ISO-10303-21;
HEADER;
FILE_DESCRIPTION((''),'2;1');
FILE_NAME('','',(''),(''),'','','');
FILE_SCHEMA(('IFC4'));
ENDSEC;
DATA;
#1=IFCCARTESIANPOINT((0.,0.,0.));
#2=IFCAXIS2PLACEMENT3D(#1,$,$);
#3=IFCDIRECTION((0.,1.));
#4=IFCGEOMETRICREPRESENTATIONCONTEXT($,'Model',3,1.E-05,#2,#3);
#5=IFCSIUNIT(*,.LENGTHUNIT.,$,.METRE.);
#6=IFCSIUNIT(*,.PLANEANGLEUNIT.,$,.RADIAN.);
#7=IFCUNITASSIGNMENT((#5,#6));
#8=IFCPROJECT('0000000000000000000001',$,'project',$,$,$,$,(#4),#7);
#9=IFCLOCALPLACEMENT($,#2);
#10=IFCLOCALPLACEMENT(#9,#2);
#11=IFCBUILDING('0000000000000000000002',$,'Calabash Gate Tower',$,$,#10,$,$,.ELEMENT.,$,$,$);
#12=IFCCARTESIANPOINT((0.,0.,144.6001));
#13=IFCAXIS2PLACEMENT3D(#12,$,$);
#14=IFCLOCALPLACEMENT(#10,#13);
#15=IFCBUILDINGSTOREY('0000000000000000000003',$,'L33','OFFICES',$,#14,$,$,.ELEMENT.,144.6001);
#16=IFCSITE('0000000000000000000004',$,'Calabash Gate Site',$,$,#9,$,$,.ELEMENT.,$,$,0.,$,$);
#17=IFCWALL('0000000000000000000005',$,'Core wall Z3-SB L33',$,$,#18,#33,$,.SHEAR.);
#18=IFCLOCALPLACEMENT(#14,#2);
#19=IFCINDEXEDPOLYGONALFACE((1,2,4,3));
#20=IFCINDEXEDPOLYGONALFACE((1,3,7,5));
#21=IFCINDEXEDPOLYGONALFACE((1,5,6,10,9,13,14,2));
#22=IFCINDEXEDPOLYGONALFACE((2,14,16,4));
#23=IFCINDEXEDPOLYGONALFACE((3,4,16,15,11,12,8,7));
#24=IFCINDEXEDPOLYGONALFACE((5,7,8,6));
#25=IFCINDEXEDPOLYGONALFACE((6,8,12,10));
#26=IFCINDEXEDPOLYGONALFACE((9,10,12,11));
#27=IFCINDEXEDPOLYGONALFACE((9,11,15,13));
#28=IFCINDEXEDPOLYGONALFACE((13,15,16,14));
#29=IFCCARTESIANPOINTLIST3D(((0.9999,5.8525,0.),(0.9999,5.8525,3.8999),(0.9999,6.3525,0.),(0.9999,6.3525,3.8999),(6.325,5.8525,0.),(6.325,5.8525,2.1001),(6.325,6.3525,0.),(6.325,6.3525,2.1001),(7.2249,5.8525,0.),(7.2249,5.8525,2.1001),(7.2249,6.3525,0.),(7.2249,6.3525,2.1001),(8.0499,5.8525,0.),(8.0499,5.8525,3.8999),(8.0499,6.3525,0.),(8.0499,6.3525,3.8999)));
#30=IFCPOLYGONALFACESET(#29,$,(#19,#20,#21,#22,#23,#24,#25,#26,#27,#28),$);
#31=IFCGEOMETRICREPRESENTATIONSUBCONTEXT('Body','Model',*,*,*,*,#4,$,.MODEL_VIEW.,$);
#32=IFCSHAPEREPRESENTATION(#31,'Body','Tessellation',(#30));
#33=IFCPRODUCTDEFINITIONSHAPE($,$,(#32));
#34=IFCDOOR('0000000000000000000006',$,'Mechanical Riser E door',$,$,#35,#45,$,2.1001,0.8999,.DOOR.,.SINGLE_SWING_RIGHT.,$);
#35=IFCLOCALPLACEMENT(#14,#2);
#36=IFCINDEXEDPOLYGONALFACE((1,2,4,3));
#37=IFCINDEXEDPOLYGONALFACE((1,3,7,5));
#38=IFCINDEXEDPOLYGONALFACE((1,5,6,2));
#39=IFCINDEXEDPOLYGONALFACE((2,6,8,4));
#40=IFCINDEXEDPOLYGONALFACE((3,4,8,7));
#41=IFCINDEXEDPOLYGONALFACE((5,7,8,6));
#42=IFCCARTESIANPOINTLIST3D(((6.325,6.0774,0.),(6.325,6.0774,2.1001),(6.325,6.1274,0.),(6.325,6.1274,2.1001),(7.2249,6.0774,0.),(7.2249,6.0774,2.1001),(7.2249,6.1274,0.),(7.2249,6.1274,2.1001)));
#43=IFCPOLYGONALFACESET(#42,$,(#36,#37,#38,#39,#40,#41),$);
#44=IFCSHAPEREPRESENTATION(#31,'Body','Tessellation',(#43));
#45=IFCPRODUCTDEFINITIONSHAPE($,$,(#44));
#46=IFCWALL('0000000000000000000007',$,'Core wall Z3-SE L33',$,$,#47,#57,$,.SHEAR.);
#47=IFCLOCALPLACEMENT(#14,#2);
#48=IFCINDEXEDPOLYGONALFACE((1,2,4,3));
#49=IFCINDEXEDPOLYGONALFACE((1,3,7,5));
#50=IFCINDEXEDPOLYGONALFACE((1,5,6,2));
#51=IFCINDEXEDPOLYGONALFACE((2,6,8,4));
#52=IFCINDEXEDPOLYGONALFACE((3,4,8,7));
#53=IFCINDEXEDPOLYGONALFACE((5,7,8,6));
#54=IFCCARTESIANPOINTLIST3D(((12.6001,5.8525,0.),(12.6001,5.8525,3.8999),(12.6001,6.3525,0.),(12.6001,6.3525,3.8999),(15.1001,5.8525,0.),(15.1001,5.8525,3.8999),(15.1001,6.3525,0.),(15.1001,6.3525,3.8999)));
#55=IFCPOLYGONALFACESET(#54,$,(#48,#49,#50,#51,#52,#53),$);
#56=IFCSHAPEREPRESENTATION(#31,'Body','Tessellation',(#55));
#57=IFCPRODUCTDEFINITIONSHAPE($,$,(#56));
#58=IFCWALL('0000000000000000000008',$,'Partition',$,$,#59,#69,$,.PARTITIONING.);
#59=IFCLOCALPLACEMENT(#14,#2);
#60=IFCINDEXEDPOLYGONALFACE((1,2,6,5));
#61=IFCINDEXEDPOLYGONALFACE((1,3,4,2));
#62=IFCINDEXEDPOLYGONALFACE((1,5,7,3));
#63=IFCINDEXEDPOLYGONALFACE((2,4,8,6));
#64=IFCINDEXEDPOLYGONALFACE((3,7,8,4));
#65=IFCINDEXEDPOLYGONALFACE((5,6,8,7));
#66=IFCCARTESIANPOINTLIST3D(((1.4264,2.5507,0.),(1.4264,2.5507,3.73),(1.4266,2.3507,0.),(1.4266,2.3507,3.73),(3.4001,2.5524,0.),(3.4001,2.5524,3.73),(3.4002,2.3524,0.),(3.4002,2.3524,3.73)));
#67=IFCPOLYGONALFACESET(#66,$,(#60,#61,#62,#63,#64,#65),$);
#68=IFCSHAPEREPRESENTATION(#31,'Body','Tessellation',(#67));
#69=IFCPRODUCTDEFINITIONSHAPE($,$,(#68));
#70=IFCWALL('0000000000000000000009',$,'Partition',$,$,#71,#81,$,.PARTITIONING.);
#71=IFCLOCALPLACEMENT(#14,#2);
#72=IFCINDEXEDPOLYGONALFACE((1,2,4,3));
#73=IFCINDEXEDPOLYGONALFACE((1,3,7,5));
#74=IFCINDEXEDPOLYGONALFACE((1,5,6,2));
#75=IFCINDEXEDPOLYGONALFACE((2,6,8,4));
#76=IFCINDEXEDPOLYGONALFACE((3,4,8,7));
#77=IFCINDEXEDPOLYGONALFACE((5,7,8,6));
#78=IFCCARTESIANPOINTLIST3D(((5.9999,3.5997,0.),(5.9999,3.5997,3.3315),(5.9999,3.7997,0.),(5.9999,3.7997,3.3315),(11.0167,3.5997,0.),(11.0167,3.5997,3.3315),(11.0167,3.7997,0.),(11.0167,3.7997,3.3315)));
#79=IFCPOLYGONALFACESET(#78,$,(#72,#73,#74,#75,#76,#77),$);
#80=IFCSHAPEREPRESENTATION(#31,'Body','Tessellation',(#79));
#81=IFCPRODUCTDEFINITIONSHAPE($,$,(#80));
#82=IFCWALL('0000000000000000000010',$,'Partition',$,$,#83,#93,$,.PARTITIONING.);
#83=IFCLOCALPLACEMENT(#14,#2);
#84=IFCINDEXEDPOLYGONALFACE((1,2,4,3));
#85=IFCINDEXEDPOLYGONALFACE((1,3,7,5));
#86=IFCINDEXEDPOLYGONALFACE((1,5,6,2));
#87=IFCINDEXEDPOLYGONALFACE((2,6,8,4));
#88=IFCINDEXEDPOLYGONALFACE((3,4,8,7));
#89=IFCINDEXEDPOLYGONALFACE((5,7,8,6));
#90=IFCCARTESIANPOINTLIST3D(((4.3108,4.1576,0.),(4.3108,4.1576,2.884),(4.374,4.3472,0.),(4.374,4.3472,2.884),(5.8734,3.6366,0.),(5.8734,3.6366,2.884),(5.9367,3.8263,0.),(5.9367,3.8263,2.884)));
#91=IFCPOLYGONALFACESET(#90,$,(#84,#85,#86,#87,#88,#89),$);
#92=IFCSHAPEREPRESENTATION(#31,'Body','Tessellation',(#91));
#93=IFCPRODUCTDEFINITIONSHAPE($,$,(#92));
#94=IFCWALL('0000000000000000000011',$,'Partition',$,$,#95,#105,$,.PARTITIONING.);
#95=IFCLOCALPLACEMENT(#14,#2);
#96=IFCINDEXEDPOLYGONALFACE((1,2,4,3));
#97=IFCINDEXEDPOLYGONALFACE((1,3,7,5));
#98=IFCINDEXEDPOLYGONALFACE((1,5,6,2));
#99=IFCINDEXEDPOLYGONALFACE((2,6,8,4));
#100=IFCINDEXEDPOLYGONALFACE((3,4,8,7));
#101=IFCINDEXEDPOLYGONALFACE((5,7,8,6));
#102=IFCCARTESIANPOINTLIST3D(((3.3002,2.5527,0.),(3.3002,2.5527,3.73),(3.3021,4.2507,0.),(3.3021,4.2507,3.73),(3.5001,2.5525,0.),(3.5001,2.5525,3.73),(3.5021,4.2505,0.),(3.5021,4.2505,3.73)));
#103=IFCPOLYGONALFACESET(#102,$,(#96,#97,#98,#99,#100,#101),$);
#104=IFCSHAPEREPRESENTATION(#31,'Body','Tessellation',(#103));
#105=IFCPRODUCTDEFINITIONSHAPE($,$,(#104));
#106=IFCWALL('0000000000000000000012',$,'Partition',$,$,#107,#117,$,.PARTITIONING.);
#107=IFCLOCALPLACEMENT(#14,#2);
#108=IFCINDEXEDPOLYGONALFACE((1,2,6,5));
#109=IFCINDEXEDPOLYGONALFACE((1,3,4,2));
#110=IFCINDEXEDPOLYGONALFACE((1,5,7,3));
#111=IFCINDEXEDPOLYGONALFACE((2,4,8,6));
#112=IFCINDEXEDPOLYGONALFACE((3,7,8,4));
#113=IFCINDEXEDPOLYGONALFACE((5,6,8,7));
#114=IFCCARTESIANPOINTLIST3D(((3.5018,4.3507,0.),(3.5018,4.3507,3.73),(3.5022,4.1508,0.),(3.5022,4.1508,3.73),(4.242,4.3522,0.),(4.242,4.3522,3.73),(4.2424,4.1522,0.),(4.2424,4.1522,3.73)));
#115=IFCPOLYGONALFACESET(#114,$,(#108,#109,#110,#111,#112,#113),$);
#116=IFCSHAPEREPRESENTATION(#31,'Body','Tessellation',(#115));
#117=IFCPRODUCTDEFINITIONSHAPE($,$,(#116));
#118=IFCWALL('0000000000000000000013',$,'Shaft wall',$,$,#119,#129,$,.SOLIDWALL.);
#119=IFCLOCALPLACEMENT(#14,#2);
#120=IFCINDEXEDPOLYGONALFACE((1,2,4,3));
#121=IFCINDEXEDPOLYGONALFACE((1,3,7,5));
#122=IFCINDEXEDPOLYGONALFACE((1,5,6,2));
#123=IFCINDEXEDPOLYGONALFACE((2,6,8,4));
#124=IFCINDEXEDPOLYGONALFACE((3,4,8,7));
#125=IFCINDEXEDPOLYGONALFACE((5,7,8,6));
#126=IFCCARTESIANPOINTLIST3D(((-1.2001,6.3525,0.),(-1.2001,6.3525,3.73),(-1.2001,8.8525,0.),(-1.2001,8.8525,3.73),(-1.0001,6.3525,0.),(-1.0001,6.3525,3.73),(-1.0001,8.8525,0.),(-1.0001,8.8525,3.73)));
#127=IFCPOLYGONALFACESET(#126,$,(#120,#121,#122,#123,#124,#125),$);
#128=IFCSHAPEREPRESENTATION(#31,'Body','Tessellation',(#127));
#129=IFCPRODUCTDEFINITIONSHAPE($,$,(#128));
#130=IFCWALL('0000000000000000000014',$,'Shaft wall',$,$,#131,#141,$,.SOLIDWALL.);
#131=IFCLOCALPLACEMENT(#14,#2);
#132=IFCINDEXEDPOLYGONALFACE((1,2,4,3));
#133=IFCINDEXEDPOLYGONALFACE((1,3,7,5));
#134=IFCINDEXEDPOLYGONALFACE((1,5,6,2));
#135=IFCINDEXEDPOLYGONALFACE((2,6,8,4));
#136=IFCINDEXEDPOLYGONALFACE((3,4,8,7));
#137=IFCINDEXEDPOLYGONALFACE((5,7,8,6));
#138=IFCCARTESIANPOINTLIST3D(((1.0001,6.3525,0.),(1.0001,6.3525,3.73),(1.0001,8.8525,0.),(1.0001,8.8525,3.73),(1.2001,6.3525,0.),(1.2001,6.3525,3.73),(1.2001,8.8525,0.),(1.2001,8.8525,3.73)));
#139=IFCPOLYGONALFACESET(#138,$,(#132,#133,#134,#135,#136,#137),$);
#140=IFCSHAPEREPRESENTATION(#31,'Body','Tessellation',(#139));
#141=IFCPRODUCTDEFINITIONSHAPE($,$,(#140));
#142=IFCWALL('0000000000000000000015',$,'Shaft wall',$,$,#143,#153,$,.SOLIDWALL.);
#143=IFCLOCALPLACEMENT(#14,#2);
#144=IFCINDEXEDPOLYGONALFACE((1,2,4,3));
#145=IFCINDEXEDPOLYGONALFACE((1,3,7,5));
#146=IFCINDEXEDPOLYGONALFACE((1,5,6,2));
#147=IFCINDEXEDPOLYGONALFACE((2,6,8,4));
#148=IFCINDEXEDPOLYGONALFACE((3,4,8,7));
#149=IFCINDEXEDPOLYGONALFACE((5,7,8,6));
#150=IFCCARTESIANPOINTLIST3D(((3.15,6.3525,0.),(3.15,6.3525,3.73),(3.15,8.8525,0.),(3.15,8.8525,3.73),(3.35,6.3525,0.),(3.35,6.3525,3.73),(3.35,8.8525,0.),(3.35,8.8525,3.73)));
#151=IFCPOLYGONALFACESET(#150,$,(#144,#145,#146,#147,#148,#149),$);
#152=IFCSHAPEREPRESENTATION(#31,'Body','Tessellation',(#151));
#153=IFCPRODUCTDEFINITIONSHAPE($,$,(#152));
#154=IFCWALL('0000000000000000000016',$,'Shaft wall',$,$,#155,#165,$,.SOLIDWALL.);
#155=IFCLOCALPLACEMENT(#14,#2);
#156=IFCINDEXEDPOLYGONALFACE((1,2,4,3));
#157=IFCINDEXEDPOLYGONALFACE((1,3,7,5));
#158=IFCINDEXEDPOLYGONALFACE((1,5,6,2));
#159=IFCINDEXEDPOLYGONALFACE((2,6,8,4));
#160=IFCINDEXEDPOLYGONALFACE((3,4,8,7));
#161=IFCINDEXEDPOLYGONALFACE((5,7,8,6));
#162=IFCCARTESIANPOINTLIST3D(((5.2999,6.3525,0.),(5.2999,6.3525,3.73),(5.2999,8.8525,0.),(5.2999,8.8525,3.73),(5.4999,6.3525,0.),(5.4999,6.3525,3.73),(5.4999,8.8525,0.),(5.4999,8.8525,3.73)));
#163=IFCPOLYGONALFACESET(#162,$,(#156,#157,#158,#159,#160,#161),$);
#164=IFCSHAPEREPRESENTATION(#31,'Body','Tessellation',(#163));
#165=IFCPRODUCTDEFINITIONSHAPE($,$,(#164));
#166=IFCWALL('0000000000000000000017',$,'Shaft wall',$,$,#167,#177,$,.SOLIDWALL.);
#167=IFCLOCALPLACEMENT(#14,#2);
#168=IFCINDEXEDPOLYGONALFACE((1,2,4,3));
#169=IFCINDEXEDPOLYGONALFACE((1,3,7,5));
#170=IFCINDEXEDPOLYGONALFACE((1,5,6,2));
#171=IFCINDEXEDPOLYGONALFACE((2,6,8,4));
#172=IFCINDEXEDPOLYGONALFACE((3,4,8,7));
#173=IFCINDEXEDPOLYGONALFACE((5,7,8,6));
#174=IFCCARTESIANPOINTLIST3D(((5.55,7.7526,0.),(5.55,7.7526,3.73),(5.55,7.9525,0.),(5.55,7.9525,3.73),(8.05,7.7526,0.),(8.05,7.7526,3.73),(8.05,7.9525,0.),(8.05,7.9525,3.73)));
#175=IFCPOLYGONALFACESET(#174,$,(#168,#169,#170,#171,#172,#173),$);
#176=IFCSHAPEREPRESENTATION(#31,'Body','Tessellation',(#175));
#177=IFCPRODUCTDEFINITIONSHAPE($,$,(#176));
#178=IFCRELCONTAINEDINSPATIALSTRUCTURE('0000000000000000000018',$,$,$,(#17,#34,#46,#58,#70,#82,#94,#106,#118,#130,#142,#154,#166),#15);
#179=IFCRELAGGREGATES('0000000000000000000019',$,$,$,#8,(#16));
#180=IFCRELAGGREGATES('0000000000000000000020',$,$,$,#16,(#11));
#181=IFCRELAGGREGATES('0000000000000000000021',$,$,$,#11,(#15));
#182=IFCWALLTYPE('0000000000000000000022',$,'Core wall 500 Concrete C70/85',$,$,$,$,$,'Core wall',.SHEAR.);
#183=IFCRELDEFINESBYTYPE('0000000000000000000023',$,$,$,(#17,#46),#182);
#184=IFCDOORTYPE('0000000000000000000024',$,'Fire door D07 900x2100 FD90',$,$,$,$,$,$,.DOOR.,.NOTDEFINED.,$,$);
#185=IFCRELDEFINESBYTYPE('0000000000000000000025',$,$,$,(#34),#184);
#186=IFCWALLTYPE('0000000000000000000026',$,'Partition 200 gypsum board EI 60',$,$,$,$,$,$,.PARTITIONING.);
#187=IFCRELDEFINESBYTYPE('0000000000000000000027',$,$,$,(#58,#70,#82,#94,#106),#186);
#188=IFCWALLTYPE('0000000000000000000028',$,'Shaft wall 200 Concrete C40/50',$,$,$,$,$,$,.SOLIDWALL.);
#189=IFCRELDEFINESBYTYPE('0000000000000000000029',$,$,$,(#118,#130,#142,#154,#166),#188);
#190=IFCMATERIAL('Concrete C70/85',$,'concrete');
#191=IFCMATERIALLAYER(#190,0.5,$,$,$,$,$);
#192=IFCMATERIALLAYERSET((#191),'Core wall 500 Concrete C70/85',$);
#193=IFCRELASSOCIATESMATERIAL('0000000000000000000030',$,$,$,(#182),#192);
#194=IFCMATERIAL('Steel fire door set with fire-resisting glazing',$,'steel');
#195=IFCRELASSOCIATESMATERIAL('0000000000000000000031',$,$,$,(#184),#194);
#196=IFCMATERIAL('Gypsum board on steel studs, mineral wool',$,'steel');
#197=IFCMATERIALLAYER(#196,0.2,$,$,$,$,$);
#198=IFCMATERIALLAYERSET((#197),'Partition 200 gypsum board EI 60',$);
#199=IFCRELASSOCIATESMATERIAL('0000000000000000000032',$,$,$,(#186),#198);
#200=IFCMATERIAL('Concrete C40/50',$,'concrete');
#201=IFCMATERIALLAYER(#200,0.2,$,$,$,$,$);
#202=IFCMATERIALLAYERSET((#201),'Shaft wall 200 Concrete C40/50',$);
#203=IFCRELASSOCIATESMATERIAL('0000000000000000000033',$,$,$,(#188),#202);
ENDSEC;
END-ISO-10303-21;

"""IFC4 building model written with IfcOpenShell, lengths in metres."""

from ifc_helpers import new_model, si_unit, direction, frame, frame_2d, origin, place, context, subcontext, project, spatial, rectangle, extrude, material, layer, layer_set, type_object, element, fill, save


model = new_model("IFC4")

# Units and contexts
model_context = context("Model", 3, precision=1e-05, world=origin(), true_north=direction((0.0, 1.0)))
body_context = subcontext(model_context, "Body", "Model", "MODEL_VIEW")
ifc_project = project(units=[si_unit("LENGTHUNIT", "METRE"), si_unit("PLANEANGLEUNIT", "RADIAN")], contexts=[model_context])

# Site, building, storey
site_placement = place(None, origin())
site = spatial("IfcSite", under=ifc_project, at=site_placement, Name="Calabash Gate Site", CompositionType="ELEMENT", RefElevation=0.0)
building_placement = place(site_placement, origin())
building = spatial("IfcBuilding", under=site, at=building_placement, Name="Calabash Gate Tower", CompositionType="ELEMENT")
storey_placement = place(building_placement, frame((0.0, 0.0, 144.6001)))
storey = spatial("IfcBuildingStorey", under=building, at=storey_placement, Name="L33", Description="OFFICES", CompositionType="ELEMENT", Elevation=144.6001)

# Shared definitions
ifc_material_1 = material(Name="Concrete C70/85", Category="concrete")
ifc_layer_1 = layer(ifc_material_1, 0.5)
ifc_layer_set_1 = layer_set([ifc_layer_1], Name="Core wall 500 Concrete C70/85")
wall_type_1 = type_object("IfcWallType", Name="Core wall 500 Concrete C70/85", ElementType="Core wall", PredefinedType="SHEAR", material=ifc_layer_set_1)

# Wall, opening, door
wall_1_placement = place(storey_placement, frame((1.0, 6.1025, 0.0), z_axis=(0.0, 0.0, 1.0), x_axis=(1.0, 0.0, 0.0)))
wall_1 = element("IfcWall", 1, at=wall_1_placement, inside=storey, type_object=wall_type_1, Name="Core wall Z3-SB L33", PredefinedType="SHEAR", context=body_context, shape_type="SweptSolid", body=[
    extrude(rectangle(XDim=7.05, YDim=0.5, at=frame_2d((3.5249, 0.0))), origin(), (0.0, 0.0, 1.0), 3.8999),
])
opening_1_placement = place(wall_1_placement, frame((5.325, 0.0, 0.0)))
opening_1 = element("IfcOpeningElement", 2, at=opening_1_placement, cuts=wall_1, PredefinedType="OPENING", context=body_context, shape_type="SweptSolid", body=[
    extrude(rectangle(XDim=0.8999, YDim=2.1001, at=frame_2d((0.45, 1.05))), frame((0.0, 0.26, 0.0), z_axis=(0.0, -1.0, 0.0), x_axis=(1.0, 0.0, 0.0)), (0.0, 0.0, 1.0), 0.52),
])
ifc_material_2 = material(Name="Steel fire door set with fire-resisting glazing", Category="steel")
door_type_1 = type_object("IfcDoorType", Name="Fire door D07 900x2100 FD90", OperationType="NOTDEFINED", PredefinedType="DOOR", material=ifc_material_2)
door_1_placement = place(opening_1_placement, origin())
door_1 = element("IfcDoor", 3, at=door_1_placement, inside=storey, type_object=door_type_1, Name="Mechanical Riser E door", OperationType="SINGLE_SWING_RIGHT", OverallHeight=2.1001, OverallWidth=0.8999, PredefinedType="DOOR", context=body_context, shape_type="SweptSolid", body=[
    extrude(rectangle(XDim=0.8999, YDim=2.1001, at=frame_2d((0.45, 1.05))), frame((0.0, 0.0249, 0.0), z_axis=(0.0, -1.0, 0.0), x_axis=(1.0, 0.0, 0.0)), (0.0, 0.0, 1.0), 0.05),
])
fill(opening_1, door_1)

# Walls
wall_2_placement = place(storey_placement, frame((12.6001, 6.1025, 0.0), z_axis=(0.0, 0.0, 1.0), x_axis=(1.0, 0.0, 0.0)))
element("IfcWall", 4, at=wall_2_placement, inside=storey, type_object=wall_type_1, Name="Core wall Z3-SE L33", PredefinedType="SHEAR", context=body_context, shape_type="SweptSolid", body=[
    extrude(rectangle(XDim=2.5, YDim=0.5, at=frame_2d((1.25, 0.0))), origin(), (0.0, 0.0, 1.0), 3.8999),
])
ifc_material_3 = material(Name="Gypsum board on steel studs, mineral wool", Category="steel")
ifc_layer_2 = layer(ifc_material_3, 0.2)
ifc_layer_set_2 = layer_set([ifc_layer_2], Name="Partition 200 gypsum board EI 60")
wall_type_2 = type_object("IfcWallType", Name="Partition 200 gypsum board EI 60", PredefinedType="PARTITIONING", material=ifc_layer_set_2)
wall_3_placement = place(storey_placement, frame((1.4265, 2.4507, 0.0), z_axis=(0.0, 0.0, 1.0), x_axis=(1.0, 0.000866, 0.0)))
element("IfcWall", 5, at=wall_3_placement, inside=storey, type_object=wall_type_2, Name="Partition", PredefinedType="PARTITIONING", context=body_context, shape_type="SweptSolid", body=[
    extrude(rectangle(XDim=1.9736, YDim=0.2, at=frame_2d((0.9868, 0.0))), origin(), (0.0, 0.0, 1.0), 3.73),
])
wall_4_placement = place(storey_placement, frame((6.0, 3.6997, 0.0), z_axis=(0.0, 0.0, 1.0), x_axis=(1.0, 0.0, 0.0)))
element("IfcWall", 6, at=wall_4_placement, inside=storey, type_object=wall_type_2, Name="Partition", PredefinedType="PARTITIONING", context=body_context, shape_type="SweptSolid", body=[
    extrude(rectangle(XDim=5.0168, YDim=0.2, at=frame_2d((2.5083, 0.0))), origin(), (0.0, 0.0, 1.0), 3.3315),
])
wall_5_placement = place(storey_placement, frame((4.3423, 4.2524, 0.0), z_axis=(0.0, 0.0, 1.0), x_axis=(0.948668, -0.316272, 0.0)))
element("IfcWall", 7, at=wall_5_placement, inside=storey, type_object=wall_type_2, Name="Partition", PredefinedType="PARTITIONING", context=body_context, shape_type="SweptSolid", body=[
    extrude(rectangle(XDim=1.6472, YDim=0.2, at=frame_2d((0.8237, 0.0))), origin(), (0.0, 0.0, 1.0), 2.884),
])
wall_6_placement = place(storey_placement, frame((3.4001, 2.5525, 0.0), z_axis=(0.0, 0.0, 1.0), x_axis=(0.00115, 0.999999, 0.0)))
element("IfcWall", 8, at=wall_6_placement, inside=storey, type_object=wall_type_2, Name="Partition", PredefinedType="PARTITIONING", context=body_context, shape_type="SweptSolid", body=[
    extrude(rectangle(XDim=1.698, YDim=0.2, at=frame_2d((0.8491, 0.0))), origin(), (0.0, 0.0, 1.0), 3.73),
])
wall_7_placement = place(storey_placement, frame((3.502, 4.2507, 0.0), z_axis=(0.0, 0.0, 1.0), x_axis=(0.999998, 0.001979, 0.0)))
element("IfcWall", 9, at=wall_7_placement, inside=storey, type_object=wall_type_2, Name="Partition", PredefinedType="PARTITIONING", context=body_context, shape_type="SweptSolid", body=[
    extrude(rectangle(XDim=0.7402, YDim=0.2, at=frame_2d((0.3701, 0.0))), origin(), (0.0, 0.0, 1.0), 3.73),
])
ifc_material_4 = material(Name="Concrete C40/50", Category="concrete")
ifc_layer_3 = layer(ifc_material_4, 0.2)
ifc_layer_set_3 = layer_set([ifc_layer_3], Name="Shaft wall 200 Concrete C40/50")
wall_type_3 = type_object("IfcWallType", Name="Shaft wall 200 Concrete C40/50", PredefinedType="SOLIDWALL", material=ifc_layer_set_3)
for number, where, z_axis, x_axis, name in (
    (10, (-1.1001, 6.3525, 0.0), (0.0, 0.0, 1.0), (0.0, 1.0, 0.0), "Shaft wall"),
    (11, (1.1001, 6.3525, 0.0), (0.0, 0.0, 1.0), (0.0, 1.0, 0.0), "Shaft wall"),
    (12, (3.25, 6.3525, 0.0), (0.0, 0.0, 1.0), (0.0, 1.0, 0.0), "Shaft wall"),
    (13, (5.3999, 6.3525, 0.0), (0.0, 0.0, 1.0), (0.0, 1.0, 0.0), "Shaft wall"),
    (14, (5.55, 7.8525, 0.0), (0.0, 0.0, 1.0), (1.0, 0.0, 0.0), "Shaft wall"),
):
    element("IfcWall", number, at=place(storey_placement, frame(where, z_axis=z_axis, x_axis=x_axis)), inside=storey, type_object=wall_type_3, Name=name, PredefinedType="SOLIDWALL", context=body_context, shape_type="SweptSolid", body=[
        extrude(rectangle(XDim=2.5, YDim=0.2, at=frame_2d((1.25, 0.0))), origin(), (0.0, 0.0, 1.0), 3.73),
    ])

save(model, "model.ifc")
